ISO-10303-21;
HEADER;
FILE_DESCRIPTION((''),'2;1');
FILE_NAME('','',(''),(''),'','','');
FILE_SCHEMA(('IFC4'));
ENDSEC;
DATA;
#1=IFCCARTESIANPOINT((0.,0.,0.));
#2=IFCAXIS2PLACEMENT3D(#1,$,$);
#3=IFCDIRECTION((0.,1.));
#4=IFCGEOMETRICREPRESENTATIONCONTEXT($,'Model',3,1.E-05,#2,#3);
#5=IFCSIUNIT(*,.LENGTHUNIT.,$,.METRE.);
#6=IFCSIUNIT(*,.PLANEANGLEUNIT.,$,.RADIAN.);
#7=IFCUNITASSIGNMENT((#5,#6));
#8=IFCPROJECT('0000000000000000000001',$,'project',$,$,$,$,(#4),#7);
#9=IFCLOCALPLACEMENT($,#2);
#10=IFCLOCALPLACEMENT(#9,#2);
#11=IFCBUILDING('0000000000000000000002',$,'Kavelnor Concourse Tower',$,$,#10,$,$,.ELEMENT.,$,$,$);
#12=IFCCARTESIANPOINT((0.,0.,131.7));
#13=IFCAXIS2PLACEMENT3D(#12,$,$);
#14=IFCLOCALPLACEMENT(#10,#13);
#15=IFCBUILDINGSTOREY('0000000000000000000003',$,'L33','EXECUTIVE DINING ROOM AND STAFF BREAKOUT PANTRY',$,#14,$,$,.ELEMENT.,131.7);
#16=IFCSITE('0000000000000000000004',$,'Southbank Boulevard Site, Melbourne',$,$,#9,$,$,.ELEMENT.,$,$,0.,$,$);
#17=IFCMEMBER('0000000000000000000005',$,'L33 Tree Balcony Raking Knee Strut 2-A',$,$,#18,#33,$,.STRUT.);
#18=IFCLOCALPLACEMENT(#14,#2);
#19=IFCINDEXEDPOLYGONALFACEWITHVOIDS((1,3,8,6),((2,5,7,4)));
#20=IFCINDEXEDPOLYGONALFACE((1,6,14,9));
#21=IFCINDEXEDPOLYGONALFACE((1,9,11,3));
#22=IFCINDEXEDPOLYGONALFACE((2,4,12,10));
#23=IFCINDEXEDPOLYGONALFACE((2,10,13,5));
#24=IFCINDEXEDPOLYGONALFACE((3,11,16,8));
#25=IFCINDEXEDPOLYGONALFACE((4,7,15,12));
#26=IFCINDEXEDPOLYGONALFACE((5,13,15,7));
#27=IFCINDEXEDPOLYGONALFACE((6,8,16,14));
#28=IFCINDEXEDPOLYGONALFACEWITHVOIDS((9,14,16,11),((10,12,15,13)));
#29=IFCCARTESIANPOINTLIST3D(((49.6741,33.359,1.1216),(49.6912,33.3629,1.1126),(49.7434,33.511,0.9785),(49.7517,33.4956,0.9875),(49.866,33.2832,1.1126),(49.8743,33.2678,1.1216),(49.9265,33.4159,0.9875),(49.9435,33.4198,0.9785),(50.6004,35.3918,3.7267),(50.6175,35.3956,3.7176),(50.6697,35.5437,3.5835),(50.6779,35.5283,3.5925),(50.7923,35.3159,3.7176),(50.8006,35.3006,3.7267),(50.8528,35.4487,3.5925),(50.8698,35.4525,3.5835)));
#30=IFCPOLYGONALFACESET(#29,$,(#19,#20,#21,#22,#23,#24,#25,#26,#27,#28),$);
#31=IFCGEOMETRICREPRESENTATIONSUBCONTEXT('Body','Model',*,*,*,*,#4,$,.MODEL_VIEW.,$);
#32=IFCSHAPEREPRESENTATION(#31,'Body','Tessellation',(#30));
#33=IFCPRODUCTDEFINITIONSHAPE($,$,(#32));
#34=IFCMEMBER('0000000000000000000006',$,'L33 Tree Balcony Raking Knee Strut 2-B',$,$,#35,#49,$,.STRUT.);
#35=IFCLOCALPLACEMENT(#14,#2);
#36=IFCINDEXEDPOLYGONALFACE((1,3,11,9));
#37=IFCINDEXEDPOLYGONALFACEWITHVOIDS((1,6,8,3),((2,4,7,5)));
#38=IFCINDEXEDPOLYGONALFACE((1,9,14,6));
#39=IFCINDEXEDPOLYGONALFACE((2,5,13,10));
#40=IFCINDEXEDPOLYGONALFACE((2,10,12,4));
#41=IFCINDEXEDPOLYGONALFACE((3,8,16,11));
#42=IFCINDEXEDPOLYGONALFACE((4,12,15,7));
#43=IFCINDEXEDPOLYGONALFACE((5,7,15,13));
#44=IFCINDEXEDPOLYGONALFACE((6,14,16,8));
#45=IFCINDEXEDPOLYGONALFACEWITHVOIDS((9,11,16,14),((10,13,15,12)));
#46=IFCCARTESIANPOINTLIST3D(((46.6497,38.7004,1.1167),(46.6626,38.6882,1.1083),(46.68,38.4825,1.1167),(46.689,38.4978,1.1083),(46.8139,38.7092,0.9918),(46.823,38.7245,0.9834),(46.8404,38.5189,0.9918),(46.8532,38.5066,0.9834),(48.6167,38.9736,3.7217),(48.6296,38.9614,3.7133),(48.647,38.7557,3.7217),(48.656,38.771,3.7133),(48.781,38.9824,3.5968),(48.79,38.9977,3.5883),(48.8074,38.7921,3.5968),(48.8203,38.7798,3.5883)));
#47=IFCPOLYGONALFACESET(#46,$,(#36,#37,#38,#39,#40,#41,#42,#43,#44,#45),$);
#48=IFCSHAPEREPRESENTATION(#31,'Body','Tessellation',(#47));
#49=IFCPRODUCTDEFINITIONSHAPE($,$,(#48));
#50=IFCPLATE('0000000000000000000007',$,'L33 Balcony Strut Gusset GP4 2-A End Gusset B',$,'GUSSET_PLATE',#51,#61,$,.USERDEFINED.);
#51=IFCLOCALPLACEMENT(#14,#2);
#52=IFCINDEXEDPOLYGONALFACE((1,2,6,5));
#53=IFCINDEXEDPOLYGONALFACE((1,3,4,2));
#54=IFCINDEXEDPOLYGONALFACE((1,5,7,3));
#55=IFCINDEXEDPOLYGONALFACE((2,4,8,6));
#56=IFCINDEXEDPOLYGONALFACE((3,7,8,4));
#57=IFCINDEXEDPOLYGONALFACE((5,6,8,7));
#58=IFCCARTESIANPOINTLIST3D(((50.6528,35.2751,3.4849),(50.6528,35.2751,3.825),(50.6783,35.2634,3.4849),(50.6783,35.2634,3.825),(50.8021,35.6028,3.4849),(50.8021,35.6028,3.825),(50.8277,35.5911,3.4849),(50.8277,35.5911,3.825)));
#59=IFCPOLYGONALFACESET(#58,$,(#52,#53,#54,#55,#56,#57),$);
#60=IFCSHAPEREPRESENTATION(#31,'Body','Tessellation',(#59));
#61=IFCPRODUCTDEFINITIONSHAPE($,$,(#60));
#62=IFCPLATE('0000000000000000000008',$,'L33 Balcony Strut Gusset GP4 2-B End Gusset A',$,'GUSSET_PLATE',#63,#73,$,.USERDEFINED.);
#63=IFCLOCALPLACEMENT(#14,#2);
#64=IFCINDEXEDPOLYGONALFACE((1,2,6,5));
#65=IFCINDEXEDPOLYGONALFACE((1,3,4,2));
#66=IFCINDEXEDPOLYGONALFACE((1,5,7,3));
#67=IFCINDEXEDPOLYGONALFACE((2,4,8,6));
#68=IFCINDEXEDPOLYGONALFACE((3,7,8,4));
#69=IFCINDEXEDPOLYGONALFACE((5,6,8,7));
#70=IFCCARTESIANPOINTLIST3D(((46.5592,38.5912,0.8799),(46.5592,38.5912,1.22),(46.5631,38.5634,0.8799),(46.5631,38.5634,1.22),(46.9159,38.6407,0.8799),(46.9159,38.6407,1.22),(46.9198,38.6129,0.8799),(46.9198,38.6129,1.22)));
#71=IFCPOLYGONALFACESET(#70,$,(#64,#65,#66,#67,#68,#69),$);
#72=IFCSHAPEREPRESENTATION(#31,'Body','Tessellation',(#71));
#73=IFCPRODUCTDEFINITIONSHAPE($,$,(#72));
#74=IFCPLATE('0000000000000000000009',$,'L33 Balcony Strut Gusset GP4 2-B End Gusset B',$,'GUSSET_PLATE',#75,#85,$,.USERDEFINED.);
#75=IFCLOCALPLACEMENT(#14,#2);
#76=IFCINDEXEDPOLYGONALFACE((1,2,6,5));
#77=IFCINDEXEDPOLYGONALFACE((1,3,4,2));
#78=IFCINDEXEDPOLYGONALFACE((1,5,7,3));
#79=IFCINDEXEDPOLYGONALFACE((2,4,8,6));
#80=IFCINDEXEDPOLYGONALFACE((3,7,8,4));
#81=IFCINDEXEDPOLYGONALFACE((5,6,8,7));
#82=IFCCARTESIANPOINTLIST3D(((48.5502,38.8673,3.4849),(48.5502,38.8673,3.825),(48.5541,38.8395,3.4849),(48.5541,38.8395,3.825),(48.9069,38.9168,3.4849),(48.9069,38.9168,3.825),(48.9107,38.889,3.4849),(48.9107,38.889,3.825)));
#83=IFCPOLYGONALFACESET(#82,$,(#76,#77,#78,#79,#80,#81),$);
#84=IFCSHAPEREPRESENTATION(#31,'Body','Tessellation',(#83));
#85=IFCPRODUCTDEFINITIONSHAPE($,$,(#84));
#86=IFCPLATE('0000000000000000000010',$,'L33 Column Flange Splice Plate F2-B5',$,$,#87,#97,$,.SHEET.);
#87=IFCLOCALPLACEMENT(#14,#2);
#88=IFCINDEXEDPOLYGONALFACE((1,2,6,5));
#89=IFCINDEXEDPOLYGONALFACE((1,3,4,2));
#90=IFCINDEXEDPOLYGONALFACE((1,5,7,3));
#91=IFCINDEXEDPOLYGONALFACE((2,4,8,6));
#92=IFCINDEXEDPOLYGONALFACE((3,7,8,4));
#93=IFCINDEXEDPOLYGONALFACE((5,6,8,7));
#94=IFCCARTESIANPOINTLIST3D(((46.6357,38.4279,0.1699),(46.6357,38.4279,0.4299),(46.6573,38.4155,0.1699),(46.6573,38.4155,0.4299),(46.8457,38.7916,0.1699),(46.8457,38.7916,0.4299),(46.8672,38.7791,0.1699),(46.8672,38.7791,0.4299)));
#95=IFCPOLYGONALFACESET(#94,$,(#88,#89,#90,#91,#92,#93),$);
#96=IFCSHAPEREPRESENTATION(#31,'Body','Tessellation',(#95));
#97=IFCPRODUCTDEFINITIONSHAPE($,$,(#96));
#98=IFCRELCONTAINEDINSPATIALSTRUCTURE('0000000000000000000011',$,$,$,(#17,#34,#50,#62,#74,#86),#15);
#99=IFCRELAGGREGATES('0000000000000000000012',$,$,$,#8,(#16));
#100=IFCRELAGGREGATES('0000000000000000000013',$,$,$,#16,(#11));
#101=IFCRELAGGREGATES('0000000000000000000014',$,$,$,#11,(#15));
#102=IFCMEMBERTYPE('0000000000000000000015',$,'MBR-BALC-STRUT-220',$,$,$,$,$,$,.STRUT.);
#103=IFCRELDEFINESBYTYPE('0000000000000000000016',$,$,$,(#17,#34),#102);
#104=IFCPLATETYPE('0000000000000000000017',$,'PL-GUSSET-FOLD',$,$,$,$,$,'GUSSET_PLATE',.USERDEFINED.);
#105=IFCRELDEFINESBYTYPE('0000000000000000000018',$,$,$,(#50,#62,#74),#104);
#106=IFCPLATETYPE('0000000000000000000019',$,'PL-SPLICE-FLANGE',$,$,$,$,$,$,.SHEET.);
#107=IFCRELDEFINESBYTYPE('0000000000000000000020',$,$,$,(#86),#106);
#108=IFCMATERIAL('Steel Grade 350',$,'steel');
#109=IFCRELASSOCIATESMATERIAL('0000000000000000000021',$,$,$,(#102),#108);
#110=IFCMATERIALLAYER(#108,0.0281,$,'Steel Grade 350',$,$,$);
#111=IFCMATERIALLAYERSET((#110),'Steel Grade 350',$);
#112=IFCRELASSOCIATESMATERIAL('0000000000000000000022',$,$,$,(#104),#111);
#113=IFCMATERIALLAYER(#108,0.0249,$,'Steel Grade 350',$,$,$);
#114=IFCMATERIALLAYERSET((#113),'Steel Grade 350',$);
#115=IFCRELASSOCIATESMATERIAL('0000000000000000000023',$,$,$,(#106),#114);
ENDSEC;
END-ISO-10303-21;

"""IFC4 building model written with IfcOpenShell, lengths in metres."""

from ifc_helpers import new_model, si_unit, direction, frame, origin, origin_2d, place, context, subcontext, project, spatial, rectangle, hollow_rectangle, extrude, material, layer, layer_set, material_profile, profile_set, type_object, element, save


model = new_model("IFC4")

# Units and contexts
model_context = context("Model", 3, precision=1e-05, world=origin(), true_north=direction((0.0, 1.0)))
body_context = subcontext(model_context, "Body", "Model", "MODEL_VIEW")
ifc_project = project(units=[si_unit("LENGTHUNIT", "METRE"), si_unit("PLANEANGLEUNIT", "RADIAN")], contexts=[model_context])

# Site, building, storey
site_placement = place(None, origin())
site = spatial("IfcSite", under=ifc_project, at=site_placement, Name="Southbank Boulevard Site, Melbourne", CompositionType="ELEMENT", RefElevation=0.0)
building_placement = place(site_placement, origin())
building = spatial("IfcBuilding", under=site, at=building_placement, Name="Kavelnor Concourse Tower", CompositionType="ELEMENT")
storey_placement = place(building_placement, frame((0.0, 0.0, 131.7)))
storey = spatial("IfcBuildingStorey", under=building, at=storey_placement, Name="L33", Description="EXECUTIVE DINING ROOM AND STAFF BREAKOUT PANTRY", CompositionType="ELEMENT", Elevation=131.7)

# Shared definitions
ifc_material_1 = material(Name="Steel Grade 350", Category="steel")

# Members
ifc_material_profile_1 = material_profile(ifc_material_1, hollow_rectangle(XDim=0.22, YDim=0.22, WallThickness=0.0139, at=origin_2d()), Name="SHS 220x220x14")
ifc_profile_set_1 = profile_set([ifc_material_profile_1], Name="Steel Grade 350")
member_type = type_object("IfcMemberType", Name="MBR-BALC-STRUT-220", PredefinedType="STRUT", material=ifc_profile_set_1)
member_1_placement = place(storey_placement, frame((49.8088, 33.3894, 1.05), z_axis=(0.269924, 0.592353, 0.759117), x_axis=(-0.909977, 0.414659, 0.0)))
element("IfcMember", 1, at=member_1_placement, inside=storey, type_object=member_type, Name="L33 Tree Balcony Raking Knee Strut 2-A", PredefinedType="STRUT", context=body_context, shape_type="SweptSolid", body=[
    extrude(hollow_rectangle(XDim=0.22, YDim=0.22, WallThickness=0.0139, at=origin_2d()), origin(), (0.0, 0.0, 1.0), 3.4316),
])
member_2_placement = place(storey_placement, frame((46.7515, 38.6035, 1.05), z_axis=(0.600506, 0.083402, 0.795259), x_axis=(-0.137565, 0.990493, 0.0)))
element("IfcMember", 2, at=member_2_placement, inside=storey, type_object=member_type, Name="L33 Tree Balcony Raking Knee Strut 2-B", PredefinedType="STRUT", context=body_context, shape_type="SweptSolid", body=[
    extrude(hollow_rectangle(XDim=0.22, YDim=0.22, WallThickness=0.0139, at=origin_2d()), origin(), (0.0, 0.0, 1.0), 3.2756),
])

# Plates
ifc_layer_1 = layer(ifc_material_1, 0.0281, Name="Steel Grade 350")
ifc_layer_set_1 = layer_set([ifc_layer_1], Name="Steel Grade 350")
plate_type_1 = type_object("IfcPlateType", Name="PL-GUSSET-FOLD", ElementType="GUSSET_PLATE", PredefinedType="USERDEFINED", material=ifc_layer_set_1)
for number, where, z_axis, x_axis, name in (
    (3, (50.7402, 35.4331, 3.4849), (0.0, 0.0, 1.0), (0.414693, 0.909961, 0.0), "L33 Balcony Strut Gusset GP4 2-A End Gusset B"),
    (4, (46.7395, 38.6021, 0.8799), (0.0, 0.0, 1.0), (0.990509, 0.137445, 0.0), "L33 Balcony Strut Gusset GP4 2-B End Gusset A"),
    (5, (48.7305, 38.8782, 3.4849), (0.0, 0.0, 1.0), (0.990509, 0.137445, 0.0), "L33 Balcony Strut Gusset GP4 2-B End Gusset B"),
):
    element("IfcPlate", number, at=place(storey_placement, frame(where, z_axis=z_axis, x_axis=x_axis)), inside=storey, type_object=plate_type_1, Name=name, ObjectType="GUSSET_PLATE", PredefinedType="USERDEFINED", context=body_context, shape_type="SweptSolid", body=[
        extrude(rectangle(XDim=0.3601, YDim=0.0281, at=origin_2d()), origin(), (0.0, 0.0, 1.0), 0.3401),
    ])
ifc_layer_2 = layer(ifc_material_1, 0.0249, Name="Steel Grade 350")
ifc_layer_set_2 = layer_set([ifc_layer_2], Name="Steel Grade 350")
plate_type_2 = type_object("IfcPlateType", Name="PL-SPLICE-FLANGE", PredefinedType="SHEET", material=ifc_layer_set_2)
plate_placement = place(storey_placement, frame((46.7515, 38.6035, 0.1699), z_axis=(0.0, 0.0, 1.0), x_axis=(-0.5, -0.866025, 0.0)))
element("IfcPlate", 6, at=plate_placement, inside=storey, type_object=plate_type_2, Name="L33 Column Flange Splice Plate F2-B5", PredefinedType="SHEET", context=body_context, shape_type="SweptSolid", body=[
    extrude(rectangle(XDim=0.4199, YDim=0.0249, at=origin_2d()), origin(), (0.0, 0.0, 1.0), 0.26),
])

save(model, "model.ifc")
